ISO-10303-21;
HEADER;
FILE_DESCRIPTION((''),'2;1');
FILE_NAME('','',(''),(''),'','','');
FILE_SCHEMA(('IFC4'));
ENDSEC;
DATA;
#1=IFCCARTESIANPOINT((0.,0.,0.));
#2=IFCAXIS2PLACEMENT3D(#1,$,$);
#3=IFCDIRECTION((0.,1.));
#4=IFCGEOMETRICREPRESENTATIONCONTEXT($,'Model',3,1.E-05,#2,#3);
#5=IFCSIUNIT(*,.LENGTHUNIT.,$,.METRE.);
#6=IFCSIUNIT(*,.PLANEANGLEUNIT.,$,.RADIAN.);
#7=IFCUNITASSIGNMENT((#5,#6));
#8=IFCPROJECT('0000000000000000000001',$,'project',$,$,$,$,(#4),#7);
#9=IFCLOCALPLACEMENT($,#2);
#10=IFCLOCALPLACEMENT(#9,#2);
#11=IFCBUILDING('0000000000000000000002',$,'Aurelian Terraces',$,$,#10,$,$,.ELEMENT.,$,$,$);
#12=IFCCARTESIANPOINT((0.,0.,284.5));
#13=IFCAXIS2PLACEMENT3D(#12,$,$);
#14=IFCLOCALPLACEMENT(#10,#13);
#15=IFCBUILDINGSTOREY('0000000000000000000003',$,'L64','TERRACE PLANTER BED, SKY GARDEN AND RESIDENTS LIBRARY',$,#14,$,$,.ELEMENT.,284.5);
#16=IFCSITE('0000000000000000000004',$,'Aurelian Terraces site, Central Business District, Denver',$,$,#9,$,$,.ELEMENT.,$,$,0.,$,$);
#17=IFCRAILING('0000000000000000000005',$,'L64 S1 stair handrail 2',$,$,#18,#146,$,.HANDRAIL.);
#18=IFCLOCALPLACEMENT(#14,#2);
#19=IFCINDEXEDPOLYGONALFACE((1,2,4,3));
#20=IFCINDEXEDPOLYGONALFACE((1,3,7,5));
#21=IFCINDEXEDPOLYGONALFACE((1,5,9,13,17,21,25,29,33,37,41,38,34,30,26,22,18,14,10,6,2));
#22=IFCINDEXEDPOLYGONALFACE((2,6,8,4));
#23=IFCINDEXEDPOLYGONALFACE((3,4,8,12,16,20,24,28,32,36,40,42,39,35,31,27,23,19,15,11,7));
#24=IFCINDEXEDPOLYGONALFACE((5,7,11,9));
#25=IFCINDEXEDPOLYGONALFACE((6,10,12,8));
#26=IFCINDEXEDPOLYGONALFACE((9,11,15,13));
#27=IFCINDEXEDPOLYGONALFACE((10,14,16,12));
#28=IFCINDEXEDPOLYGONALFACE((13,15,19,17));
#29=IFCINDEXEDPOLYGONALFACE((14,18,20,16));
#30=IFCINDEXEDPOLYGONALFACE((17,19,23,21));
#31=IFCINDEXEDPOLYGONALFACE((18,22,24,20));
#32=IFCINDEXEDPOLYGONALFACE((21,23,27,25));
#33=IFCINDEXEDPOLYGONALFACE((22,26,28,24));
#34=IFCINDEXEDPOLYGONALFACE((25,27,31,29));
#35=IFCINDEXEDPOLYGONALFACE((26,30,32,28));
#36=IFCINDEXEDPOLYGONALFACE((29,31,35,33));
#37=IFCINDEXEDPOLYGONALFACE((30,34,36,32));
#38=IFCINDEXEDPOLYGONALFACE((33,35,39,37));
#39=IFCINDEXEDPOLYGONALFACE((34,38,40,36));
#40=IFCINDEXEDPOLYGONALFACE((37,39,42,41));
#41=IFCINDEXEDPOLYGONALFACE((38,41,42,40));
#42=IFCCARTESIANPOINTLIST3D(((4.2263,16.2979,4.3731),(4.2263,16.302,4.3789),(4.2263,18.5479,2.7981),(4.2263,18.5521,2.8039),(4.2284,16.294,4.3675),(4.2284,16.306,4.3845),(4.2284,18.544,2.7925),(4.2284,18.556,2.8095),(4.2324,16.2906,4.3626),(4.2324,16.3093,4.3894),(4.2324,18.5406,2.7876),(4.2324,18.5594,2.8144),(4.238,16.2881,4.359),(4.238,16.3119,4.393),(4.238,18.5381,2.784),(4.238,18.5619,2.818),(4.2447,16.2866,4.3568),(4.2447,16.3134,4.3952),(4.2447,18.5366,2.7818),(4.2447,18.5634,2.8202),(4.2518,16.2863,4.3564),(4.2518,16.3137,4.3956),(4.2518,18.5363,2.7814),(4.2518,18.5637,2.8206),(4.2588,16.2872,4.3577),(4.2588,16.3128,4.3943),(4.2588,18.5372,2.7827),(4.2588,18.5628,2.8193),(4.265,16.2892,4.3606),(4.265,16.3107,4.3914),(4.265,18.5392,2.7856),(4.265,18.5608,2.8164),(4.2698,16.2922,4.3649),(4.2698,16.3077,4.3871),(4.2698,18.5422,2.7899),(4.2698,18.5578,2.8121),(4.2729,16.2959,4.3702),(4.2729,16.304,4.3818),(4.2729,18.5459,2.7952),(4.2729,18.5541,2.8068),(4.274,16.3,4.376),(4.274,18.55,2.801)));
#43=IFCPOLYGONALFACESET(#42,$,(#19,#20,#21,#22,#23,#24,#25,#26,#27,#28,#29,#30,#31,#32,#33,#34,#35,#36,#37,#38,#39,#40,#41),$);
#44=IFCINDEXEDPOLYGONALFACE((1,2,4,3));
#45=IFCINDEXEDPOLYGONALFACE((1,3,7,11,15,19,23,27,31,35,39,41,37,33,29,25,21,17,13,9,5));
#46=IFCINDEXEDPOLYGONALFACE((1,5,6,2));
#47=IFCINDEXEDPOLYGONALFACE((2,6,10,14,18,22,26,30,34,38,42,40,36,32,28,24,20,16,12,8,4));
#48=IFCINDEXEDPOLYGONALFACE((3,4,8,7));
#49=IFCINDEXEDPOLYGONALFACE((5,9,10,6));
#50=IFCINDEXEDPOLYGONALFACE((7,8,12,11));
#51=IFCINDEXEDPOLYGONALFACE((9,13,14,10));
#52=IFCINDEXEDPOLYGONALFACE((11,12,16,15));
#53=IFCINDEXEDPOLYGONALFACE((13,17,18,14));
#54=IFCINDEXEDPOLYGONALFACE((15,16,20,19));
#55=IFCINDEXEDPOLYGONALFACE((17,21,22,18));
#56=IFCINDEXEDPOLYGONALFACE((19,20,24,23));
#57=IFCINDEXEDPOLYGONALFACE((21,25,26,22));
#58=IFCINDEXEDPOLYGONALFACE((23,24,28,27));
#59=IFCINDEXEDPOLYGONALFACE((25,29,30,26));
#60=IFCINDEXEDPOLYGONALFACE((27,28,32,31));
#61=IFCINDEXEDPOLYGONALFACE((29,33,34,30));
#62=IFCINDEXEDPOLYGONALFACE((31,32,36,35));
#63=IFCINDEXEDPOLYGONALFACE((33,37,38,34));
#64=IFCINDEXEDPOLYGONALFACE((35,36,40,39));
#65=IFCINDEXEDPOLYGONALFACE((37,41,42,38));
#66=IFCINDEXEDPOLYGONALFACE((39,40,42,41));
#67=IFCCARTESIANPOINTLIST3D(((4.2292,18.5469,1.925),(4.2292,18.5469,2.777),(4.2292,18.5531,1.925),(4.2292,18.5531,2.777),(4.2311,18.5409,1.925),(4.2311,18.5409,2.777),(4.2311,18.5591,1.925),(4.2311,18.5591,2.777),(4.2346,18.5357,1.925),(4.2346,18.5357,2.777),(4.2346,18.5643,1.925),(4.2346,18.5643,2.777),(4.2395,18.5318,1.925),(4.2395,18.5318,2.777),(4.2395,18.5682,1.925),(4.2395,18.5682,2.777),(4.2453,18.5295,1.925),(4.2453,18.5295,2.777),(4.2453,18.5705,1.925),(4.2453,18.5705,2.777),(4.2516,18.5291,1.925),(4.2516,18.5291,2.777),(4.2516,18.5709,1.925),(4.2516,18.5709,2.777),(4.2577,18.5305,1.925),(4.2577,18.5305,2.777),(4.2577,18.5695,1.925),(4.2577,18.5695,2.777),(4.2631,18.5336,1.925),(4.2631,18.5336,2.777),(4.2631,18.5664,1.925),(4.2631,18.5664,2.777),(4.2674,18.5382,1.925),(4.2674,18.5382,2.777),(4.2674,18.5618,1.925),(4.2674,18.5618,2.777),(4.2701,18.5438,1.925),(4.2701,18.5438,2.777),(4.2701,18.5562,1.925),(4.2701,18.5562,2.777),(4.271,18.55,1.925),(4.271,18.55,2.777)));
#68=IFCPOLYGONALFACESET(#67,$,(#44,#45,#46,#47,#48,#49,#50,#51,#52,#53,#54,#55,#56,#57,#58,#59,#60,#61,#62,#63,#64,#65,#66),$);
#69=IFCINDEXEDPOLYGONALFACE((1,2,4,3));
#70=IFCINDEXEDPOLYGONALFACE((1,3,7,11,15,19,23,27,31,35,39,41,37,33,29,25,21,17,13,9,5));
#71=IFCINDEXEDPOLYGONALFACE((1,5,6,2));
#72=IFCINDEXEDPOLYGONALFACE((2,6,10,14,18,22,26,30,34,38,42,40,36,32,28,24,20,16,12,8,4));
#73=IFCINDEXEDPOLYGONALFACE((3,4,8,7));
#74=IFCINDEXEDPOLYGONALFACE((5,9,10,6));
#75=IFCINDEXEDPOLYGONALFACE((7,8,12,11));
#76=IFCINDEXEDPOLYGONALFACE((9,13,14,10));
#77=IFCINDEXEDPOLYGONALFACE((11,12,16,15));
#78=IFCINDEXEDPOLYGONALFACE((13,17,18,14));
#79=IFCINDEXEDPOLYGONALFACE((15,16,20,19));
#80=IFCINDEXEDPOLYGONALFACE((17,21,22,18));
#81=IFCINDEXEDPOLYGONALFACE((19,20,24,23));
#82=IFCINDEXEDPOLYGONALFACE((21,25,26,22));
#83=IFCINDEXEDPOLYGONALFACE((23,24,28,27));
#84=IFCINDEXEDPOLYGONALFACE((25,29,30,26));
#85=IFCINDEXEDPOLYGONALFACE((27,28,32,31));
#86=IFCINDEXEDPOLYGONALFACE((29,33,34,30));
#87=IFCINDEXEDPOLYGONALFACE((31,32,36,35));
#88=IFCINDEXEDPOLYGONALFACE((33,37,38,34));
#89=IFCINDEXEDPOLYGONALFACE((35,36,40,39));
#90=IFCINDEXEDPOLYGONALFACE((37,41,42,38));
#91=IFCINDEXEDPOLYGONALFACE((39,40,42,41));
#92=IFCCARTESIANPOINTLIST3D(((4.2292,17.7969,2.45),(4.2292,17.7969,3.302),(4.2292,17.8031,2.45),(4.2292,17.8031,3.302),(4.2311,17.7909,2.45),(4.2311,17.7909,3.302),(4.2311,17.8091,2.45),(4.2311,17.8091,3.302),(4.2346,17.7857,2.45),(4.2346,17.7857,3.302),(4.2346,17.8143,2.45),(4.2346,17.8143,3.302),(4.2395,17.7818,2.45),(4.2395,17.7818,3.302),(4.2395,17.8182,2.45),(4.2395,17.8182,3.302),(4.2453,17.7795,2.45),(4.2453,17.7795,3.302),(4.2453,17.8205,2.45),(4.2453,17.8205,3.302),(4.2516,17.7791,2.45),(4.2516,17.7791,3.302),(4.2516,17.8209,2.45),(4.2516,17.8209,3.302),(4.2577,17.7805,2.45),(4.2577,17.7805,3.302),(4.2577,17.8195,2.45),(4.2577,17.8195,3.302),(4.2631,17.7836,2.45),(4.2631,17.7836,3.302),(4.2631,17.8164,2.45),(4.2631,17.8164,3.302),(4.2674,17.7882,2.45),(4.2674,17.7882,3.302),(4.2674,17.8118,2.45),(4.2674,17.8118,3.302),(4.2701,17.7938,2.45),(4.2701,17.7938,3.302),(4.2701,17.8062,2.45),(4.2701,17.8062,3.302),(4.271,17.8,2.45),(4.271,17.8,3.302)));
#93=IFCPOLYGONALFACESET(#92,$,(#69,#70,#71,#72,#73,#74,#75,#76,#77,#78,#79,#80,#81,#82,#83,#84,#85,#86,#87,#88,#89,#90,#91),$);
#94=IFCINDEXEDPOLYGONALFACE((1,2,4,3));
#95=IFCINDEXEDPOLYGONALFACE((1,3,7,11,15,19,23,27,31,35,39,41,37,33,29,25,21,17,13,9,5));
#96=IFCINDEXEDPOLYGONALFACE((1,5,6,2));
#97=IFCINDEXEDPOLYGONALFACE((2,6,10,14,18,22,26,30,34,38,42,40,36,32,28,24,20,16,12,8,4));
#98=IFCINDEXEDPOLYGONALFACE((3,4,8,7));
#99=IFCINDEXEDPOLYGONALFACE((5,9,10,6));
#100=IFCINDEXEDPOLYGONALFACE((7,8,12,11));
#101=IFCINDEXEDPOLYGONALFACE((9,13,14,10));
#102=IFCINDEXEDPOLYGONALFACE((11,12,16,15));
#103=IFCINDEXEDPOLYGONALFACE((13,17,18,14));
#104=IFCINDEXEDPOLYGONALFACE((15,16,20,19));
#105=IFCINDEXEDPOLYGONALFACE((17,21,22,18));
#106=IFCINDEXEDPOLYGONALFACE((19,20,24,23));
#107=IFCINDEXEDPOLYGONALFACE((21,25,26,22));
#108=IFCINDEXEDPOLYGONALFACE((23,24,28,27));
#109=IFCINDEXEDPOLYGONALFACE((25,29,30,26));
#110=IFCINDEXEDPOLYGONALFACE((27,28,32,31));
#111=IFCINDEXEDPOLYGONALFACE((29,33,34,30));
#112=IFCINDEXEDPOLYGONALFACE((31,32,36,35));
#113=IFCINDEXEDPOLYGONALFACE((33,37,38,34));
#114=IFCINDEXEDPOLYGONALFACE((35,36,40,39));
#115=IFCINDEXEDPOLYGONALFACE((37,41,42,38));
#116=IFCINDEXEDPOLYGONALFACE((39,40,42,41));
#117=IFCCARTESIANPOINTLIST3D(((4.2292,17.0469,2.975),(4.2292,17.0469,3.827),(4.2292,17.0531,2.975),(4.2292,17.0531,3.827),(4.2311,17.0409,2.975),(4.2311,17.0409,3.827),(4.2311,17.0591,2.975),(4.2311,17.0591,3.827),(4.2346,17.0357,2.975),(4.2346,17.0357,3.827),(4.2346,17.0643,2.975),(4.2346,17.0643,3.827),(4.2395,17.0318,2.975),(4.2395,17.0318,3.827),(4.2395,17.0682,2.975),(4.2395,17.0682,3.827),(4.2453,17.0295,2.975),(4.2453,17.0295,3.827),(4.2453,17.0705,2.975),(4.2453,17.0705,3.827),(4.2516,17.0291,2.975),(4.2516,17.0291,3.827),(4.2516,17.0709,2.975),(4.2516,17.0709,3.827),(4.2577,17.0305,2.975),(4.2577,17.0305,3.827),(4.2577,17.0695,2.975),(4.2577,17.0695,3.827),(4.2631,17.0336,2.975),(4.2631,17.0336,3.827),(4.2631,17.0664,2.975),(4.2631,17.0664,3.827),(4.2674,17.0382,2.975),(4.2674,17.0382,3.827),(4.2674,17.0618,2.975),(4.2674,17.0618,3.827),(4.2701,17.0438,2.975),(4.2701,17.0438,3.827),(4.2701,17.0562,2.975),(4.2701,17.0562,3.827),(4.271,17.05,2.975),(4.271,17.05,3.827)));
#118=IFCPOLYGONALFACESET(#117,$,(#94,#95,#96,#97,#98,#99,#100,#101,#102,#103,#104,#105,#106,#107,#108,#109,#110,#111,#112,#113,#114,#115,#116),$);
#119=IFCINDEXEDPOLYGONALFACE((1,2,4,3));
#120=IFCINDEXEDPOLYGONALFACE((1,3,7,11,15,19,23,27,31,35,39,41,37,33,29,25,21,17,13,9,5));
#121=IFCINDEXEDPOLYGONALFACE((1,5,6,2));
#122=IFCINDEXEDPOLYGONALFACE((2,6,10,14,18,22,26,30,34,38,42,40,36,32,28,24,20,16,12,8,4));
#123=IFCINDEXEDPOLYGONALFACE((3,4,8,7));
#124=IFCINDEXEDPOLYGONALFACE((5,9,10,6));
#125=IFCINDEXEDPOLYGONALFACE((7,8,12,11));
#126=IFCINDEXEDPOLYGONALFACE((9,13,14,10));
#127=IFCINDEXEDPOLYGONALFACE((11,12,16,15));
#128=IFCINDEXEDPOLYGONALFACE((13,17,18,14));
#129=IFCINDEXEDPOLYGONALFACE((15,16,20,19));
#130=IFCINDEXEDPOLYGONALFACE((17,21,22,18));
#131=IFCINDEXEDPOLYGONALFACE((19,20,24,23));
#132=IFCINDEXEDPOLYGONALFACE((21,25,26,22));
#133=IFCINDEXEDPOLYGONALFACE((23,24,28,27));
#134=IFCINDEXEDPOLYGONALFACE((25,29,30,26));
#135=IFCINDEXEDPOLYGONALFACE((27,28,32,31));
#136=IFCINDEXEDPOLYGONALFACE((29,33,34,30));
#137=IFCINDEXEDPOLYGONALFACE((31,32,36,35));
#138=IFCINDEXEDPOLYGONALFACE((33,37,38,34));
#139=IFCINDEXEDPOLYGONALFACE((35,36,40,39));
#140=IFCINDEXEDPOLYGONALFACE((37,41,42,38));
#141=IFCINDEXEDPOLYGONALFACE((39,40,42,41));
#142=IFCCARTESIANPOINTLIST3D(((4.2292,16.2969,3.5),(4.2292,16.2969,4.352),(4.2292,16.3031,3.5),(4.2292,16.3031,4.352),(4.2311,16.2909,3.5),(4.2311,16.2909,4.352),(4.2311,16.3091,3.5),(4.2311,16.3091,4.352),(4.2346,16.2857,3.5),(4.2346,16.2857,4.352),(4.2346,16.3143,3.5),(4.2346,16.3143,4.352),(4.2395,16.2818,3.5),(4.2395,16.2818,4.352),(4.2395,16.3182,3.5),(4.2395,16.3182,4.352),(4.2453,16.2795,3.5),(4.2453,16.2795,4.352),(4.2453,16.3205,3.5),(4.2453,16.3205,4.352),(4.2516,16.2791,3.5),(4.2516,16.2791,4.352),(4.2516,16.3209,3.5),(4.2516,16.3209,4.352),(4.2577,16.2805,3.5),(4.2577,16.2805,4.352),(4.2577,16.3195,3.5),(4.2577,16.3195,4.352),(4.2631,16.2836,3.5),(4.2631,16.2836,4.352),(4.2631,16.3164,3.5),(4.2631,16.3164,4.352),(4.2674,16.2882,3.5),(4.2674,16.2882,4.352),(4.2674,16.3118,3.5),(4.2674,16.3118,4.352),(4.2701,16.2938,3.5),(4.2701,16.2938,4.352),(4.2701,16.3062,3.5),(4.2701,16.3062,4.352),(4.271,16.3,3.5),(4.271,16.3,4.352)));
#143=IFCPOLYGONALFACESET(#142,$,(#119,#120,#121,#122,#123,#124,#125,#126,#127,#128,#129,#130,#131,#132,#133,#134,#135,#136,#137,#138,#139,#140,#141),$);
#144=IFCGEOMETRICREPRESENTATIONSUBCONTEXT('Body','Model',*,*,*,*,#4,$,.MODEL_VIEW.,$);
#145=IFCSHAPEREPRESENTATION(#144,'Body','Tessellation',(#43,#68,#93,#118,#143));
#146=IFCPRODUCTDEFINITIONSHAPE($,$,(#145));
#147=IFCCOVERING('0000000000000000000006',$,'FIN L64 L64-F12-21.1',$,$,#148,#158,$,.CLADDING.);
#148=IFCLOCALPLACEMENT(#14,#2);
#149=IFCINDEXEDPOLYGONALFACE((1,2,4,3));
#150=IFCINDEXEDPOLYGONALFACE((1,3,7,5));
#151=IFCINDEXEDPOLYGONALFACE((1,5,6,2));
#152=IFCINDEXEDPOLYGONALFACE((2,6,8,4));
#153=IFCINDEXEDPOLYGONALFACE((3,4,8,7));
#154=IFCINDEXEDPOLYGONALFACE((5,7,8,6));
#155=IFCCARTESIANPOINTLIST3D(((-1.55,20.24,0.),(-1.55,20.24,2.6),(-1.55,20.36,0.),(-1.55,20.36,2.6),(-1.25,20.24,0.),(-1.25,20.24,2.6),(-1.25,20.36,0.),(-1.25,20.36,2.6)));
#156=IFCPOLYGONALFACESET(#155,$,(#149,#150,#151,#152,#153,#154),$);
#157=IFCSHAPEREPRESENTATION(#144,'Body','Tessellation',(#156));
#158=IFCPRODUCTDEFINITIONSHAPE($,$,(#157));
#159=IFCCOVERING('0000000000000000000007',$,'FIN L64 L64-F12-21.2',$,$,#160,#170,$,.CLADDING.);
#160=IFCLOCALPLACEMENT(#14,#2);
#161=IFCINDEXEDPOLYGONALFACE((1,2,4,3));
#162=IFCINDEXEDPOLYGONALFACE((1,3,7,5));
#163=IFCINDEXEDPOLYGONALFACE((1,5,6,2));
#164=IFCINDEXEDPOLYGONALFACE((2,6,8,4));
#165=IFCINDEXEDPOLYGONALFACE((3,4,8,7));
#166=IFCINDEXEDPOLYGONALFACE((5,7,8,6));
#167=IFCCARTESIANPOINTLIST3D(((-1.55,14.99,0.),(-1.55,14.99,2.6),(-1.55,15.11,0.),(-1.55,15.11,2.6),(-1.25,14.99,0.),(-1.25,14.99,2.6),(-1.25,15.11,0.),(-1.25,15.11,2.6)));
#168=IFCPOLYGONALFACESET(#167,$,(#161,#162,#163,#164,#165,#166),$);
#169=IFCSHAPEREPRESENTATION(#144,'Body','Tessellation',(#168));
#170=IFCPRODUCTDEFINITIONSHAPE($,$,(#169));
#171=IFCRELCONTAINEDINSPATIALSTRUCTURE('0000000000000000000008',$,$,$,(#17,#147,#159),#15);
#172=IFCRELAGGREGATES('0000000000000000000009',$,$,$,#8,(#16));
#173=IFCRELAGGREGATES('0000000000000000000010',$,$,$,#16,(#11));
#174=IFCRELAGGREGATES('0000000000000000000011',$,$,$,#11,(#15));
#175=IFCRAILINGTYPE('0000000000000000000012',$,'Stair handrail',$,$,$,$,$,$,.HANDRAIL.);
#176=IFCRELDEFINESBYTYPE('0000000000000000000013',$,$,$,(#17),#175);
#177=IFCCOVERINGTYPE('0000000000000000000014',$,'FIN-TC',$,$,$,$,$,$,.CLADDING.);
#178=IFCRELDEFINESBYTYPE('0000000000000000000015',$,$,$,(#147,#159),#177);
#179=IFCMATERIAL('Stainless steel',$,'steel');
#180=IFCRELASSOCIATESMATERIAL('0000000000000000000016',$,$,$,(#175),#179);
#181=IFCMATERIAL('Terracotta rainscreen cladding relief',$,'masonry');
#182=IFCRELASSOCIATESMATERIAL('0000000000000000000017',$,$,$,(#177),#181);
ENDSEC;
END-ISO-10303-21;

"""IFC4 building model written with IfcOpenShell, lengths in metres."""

from ifc_helpers import new_model, si_unit, direction, frame, origin, origin_2d, place, context, subcontext, project, spatial, rectangle, circle, extrude, source, transform, mapped, material, type_object, element, save


model = new_model("IFC4")

# Units and contexts
model_context = context("Model", 3, precision=1e-05, world=origin(), true_north=direction((0.0, 1.0)))
body_context = subcontext(model_context, "Body", "Model", "MODEL_VIEW")
ifc_project = project(units=[si_unit("LENGTHUNIT", "METRE"), si_unit("PLANEANGLEUNIT", "RADIAN")], contexts=[model_context])

# Site, building, storey
site_placement = place(None, origin())
site = spatial("IfcSite", under=ifc_project, at=site_placement, Name="Aurelian Terraces site, Central Business District, Denver", CompositionType="ELEMENT", RefElevation=0.0)
building_placement = place(site_placement, origin())
building = spatial("IfcBuilding", under=site, at=building_placement, Name="Aurelian Terraces", CompositionType="ELEMENT")
storey_placement = place(building_placement, frame((0.0, 0.0, 284.5)))
storey = spatial("IfcBuildingStorey", under=building, at=storey_placement, Name="L64", Description="TERRACE PLANTER BED, SKY GARDEN AND RESIDENTS LIBRARY", CompositionType="ELEMENT", Elevation=284.5)

# Shared definitions
ifc_material_1 = material(Name="Terracotta rainscreen cladding relief", Category="masonry")

# Railing
ifc_material_2 = material(Name="Stainless steel", Category="steel")
railing_type_1 = type_object("IfcRailingType", Name="Stair handrail", PredefinedType="HANDRAIL", material=ifc_material_2)
railing_1_placement = place(storey_placement, frame((4.25, 18.55, 1.925)))
element("IfcRailing", 1, at=railing_1_placement, inside=storey, type_object=railing_type_1, Name="L64 S1 stair handrail 2", PredefinedType="HANDRAIL", context=body_context, shape_type="SweptSolid", body=[
    extrude(circle(Radius=0.024, at=origin_2d()), frame((0.0, 0.0, 0.876), z_axis=(0.0, -0.819232, 0.573462), x_axis=(1.0, 0.0, 0.0)), (0.0, 0.0, 1.0), 2.7465),
    extrude(circle(Radius=0.021, at=origin_2d()), origin(), (0.0, 0.0, 1.0), 0.852),
    extrude(circle(Radius=0.021, at=origin_2d()), frame((0.0, -0.75, 0.525)), (0.0, 0.0, 1.0), 0.852),
    extrude(circle(Radius=0.021, at=origin_2d()), frame((0.0, -1.5, 1.05)), (0.0, 0.0, 1.0), 0.852),
    extrude(circle(Radius=0.021, at=origin_2d()), frame((0.0, -2.25, 1.575)), (0.0, 0.0, 1.0), 0.852),
])

# Coverings
covering_type_1 = type_object("IfcCoveringType", Name="FIN-TC", PredefinedType="CLADDING", material=ifc_material_1)
shared_shape_1 = source(origin(), body_context, "Body", "SweptSolid", [
    extrude(rectangle(XDim=0.3, YDim=0.12, at=origin_2d()), origin(), (0.0, 0.0, 1.0), 2.6),
])
for number, where, z_axis, x_axis, name in (
    (2, (-1.4, 20.3, 0.0), (0.0, 0.0, 1.0), (1.0, 0.0, 0.0), "FIN L64 L64-F12-21.1"),
    (3, (-1.4, 15.05, 0.0), (0.0, 0.0, 1.0), (1.0, 0.0, 0.0), "FIN L64 L64-F12-21.2"),
):
    element("IfcCovering", number, at=place(storey_placement, frame(where, z_axis=z_axis, x_axis=x_axis)), inside=storey, type_object=covering_type_1, Name=name, PredefinedType="CLADDING", context=body_context, shape_type="MappedRepresentation", body=[
        mapped(shared_shape_1, transform((0.0, 0.0, 0.0), scale=1.0)),
    ])

save(model, "model.ifc")
